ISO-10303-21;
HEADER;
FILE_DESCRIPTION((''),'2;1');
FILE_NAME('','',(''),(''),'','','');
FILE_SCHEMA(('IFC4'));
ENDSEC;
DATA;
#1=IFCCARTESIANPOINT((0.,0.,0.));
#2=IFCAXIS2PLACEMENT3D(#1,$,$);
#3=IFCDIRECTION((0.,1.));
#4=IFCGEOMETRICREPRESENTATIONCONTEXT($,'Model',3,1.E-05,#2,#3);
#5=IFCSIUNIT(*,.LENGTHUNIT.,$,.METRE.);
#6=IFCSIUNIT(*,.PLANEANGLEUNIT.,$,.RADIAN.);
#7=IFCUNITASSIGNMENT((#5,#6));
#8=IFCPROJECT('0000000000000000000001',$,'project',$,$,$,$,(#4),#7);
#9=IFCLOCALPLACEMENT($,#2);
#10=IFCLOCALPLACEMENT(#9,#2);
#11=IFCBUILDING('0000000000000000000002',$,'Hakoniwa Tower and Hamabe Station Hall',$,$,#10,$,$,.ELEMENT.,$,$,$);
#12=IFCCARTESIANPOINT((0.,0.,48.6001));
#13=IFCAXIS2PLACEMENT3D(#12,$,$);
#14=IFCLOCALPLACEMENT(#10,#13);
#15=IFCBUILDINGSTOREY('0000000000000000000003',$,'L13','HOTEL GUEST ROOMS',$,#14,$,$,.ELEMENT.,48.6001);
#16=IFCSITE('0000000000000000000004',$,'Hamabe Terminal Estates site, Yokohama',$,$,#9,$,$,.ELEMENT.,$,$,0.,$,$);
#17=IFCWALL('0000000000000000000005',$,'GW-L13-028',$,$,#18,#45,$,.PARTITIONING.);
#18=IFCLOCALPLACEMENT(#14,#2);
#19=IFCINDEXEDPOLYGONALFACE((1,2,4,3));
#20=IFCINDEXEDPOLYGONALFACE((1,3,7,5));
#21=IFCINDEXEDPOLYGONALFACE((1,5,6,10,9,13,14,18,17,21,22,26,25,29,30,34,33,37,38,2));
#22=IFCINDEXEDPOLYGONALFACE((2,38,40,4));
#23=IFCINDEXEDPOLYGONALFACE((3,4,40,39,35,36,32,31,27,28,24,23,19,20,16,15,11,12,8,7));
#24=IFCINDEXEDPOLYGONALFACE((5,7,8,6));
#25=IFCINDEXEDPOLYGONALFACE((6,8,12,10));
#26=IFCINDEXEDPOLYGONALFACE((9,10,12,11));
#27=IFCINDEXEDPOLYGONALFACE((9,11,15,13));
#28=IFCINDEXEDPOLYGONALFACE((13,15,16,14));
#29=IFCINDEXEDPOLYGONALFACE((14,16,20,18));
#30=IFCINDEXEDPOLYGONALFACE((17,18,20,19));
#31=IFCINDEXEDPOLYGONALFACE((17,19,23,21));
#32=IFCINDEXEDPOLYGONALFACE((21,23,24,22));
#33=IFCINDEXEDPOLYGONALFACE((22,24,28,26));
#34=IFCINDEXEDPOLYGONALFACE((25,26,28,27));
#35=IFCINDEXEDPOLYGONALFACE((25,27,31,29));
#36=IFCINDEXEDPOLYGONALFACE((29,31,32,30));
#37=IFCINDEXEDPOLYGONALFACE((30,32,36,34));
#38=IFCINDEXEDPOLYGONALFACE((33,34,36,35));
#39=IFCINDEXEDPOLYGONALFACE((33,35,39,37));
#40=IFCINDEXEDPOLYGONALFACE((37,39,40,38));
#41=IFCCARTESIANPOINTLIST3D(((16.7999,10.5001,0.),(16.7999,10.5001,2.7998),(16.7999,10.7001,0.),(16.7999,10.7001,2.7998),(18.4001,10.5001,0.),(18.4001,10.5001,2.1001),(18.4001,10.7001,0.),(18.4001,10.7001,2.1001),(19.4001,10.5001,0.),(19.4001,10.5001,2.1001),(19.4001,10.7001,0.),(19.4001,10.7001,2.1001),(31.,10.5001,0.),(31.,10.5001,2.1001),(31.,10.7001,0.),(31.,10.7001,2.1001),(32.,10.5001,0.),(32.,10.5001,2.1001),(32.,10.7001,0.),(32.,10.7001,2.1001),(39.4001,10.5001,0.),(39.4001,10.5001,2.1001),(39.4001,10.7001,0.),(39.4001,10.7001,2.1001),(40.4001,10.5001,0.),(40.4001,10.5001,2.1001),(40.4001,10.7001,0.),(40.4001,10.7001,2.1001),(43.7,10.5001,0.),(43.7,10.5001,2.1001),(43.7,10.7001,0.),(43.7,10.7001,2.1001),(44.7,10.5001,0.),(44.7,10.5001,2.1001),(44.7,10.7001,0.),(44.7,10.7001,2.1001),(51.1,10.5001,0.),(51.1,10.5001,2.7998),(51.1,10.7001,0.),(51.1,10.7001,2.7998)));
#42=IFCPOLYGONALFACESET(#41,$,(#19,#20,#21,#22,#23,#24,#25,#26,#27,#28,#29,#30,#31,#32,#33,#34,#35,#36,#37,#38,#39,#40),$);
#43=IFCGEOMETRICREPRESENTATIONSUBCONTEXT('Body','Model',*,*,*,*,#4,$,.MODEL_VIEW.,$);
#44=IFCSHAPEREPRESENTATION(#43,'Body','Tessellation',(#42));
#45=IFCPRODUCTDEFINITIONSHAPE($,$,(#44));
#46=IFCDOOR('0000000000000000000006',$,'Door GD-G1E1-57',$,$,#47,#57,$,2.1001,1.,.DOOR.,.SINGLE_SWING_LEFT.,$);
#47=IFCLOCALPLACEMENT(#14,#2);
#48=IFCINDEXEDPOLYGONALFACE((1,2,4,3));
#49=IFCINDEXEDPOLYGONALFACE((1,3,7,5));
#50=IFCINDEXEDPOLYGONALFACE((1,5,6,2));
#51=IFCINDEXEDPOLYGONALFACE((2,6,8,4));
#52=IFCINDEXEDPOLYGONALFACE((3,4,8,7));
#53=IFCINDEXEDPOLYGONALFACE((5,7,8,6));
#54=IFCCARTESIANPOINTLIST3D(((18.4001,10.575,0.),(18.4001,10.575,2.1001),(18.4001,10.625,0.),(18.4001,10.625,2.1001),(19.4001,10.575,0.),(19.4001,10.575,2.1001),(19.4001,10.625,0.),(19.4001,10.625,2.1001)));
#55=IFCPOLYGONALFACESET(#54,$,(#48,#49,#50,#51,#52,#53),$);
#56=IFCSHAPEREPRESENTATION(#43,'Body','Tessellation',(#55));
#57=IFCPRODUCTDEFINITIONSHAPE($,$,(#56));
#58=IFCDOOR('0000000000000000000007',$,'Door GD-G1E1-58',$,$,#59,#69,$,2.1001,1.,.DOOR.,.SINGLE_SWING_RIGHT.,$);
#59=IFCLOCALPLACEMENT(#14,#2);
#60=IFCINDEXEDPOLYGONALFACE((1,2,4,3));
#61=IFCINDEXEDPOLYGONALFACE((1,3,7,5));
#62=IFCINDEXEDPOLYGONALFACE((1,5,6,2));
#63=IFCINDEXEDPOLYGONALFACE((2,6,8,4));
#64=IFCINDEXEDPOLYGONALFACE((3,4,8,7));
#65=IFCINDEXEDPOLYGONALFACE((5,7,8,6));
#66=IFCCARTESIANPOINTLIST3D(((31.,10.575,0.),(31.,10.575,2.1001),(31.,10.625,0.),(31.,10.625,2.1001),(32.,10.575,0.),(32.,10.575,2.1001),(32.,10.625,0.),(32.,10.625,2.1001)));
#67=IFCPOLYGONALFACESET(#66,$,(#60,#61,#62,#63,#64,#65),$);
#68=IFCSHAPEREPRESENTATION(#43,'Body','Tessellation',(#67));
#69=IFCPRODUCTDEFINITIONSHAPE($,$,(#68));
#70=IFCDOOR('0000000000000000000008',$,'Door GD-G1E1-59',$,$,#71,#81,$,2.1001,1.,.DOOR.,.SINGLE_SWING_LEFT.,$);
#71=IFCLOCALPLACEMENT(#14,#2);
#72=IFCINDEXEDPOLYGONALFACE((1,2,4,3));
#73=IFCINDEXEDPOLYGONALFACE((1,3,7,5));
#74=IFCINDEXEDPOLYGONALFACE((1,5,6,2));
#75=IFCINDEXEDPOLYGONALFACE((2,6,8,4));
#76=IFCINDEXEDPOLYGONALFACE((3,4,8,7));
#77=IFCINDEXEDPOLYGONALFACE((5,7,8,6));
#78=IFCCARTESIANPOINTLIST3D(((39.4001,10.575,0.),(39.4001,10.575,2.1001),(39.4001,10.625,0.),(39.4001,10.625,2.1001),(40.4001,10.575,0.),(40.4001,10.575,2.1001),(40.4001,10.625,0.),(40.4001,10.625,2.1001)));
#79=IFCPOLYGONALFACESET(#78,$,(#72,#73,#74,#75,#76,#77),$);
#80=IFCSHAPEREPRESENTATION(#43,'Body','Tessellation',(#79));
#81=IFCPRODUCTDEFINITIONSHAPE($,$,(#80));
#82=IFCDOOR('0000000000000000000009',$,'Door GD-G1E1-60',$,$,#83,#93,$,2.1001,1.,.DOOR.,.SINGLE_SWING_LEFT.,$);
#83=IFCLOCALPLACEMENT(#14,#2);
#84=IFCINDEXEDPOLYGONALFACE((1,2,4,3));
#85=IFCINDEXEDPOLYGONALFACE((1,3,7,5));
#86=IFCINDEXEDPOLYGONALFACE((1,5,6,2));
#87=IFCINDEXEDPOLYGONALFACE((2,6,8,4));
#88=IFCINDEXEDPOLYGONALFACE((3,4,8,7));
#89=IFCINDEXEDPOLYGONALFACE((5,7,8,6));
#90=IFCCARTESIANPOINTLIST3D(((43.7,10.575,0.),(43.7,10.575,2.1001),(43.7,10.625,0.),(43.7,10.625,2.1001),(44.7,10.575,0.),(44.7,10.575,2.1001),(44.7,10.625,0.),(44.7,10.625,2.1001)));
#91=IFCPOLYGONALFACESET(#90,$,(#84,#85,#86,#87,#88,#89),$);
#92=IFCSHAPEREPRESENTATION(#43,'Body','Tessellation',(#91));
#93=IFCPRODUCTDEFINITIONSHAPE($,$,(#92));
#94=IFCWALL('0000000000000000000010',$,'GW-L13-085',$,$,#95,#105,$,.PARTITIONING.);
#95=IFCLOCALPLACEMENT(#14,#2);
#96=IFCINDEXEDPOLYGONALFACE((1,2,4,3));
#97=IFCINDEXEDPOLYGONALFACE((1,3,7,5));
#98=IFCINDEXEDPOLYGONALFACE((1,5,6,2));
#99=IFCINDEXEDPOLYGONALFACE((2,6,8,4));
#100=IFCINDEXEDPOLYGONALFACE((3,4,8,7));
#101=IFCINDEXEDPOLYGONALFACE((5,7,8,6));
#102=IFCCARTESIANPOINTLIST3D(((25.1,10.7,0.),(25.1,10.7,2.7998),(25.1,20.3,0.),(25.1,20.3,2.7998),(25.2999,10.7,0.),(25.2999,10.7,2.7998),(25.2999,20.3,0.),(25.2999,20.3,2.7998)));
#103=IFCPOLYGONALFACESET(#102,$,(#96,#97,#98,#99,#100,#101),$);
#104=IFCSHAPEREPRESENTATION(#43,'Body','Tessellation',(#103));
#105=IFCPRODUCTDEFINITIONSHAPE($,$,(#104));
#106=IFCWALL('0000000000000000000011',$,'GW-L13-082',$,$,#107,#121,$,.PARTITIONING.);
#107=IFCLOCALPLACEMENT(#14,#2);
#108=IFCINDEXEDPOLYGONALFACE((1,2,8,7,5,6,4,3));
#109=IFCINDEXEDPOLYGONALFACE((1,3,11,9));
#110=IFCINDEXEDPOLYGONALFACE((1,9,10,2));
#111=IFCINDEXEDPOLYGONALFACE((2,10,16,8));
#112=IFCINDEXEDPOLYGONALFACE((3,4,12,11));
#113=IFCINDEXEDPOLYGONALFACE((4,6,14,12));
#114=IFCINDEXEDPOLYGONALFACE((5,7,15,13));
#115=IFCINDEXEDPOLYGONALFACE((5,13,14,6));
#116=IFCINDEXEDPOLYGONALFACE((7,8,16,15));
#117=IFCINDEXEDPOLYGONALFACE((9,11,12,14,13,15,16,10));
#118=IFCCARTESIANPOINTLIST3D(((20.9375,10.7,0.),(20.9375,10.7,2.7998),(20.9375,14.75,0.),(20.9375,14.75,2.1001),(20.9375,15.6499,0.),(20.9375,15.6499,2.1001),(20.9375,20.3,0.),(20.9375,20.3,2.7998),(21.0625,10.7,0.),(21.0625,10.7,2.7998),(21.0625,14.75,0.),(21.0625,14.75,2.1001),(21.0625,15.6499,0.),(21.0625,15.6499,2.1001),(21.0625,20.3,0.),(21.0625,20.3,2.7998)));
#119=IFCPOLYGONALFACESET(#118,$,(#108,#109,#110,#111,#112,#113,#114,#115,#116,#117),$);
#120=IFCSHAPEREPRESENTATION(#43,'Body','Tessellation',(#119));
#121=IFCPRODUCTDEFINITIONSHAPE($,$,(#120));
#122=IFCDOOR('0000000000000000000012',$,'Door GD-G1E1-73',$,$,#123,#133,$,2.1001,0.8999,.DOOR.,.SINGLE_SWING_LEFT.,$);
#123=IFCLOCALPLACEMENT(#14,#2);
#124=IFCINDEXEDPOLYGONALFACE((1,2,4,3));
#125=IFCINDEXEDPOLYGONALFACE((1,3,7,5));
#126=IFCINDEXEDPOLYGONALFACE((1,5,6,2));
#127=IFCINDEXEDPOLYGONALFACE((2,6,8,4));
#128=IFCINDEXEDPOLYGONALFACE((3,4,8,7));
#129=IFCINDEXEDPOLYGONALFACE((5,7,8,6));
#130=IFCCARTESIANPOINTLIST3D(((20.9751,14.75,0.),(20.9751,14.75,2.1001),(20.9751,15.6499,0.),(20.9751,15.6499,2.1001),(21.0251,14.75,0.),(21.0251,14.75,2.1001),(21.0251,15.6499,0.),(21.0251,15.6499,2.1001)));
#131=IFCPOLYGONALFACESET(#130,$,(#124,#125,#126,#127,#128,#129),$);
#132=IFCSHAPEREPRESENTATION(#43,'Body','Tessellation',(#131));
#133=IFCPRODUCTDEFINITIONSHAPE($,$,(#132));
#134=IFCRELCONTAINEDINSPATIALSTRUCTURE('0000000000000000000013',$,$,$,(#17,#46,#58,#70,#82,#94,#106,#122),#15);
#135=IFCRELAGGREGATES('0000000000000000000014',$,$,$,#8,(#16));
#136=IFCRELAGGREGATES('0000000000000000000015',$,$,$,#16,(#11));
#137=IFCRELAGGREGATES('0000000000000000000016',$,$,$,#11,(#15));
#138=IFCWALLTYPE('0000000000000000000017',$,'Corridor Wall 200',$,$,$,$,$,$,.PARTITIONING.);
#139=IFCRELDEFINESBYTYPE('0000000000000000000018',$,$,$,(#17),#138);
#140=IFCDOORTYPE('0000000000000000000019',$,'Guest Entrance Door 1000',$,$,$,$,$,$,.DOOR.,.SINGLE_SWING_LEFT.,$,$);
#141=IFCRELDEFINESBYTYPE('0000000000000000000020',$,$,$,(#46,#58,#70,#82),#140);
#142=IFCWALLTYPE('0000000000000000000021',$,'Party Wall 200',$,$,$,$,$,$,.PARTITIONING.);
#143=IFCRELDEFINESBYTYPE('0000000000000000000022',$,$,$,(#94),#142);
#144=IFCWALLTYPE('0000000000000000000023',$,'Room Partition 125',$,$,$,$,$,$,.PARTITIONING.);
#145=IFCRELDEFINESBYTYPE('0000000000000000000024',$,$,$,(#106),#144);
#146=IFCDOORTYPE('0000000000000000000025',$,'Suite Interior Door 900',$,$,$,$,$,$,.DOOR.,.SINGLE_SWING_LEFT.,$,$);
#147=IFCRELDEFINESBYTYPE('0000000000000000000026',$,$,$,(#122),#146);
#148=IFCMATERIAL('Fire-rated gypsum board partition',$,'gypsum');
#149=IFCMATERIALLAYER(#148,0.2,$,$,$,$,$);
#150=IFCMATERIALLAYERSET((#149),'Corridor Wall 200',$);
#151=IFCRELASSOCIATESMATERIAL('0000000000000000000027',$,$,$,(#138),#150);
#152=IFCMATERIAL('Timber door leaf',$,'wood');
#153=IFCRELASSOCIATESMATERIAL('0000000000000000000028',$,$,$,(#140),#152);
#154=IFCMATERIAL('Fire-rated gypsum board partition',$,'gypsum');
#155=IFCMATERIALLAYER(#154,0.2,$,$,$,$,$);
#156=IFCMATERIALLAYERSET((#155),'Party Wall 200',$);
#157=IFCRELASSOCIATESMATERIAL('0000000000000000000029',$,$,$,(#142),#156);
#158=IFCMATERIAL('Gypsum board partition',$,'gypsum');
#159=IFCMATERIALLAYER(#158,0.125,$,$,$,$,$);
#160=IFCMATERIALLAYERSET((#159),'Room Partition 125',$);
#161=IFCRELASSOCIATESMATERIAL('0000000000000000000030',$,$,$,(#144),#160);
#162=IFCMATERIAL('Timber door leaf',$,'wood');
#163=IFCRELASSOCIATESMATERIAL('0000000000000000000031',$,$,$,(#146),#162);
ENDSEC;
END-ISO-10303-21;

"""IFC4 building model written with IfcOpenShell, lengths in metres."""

from ifc_helpers import new_model, si_unit, direction, frame, frame_2d, origin, place, context, subcontext, project, spatial, rectangle, extrude, material, layer, layer_set, type_object, element, fill, save


model = new_model("IFC4")

# Units and contexts
model_context = context("Model", 3, precision=1e-05, world=origin(), true_north=direction((0.0, 1.0)))
body_context = subcontext(model_context, "Body", "Model", "MODEL_VIEW")
ifc_project = project(units=[si_unit("LENGTHUNIT", "METRE"), si_unit("PLANEANGLEUNIT", "RADIAN")], contexts=[model_context])

# Site, building, storey
site_placement = place(None, origin())
site = spatial("IfcSite", under=ifc_project, at=site_placement, Name="Hamabe Terminal Estates site, Yokohama", CompositionType="ELEMENT", RefElevation=0.0)
building_placement = place(site_placement, origin())
building = spatial("IfcBuilding", under=site, at=building_placement, Name="Hakoniwa Tower and Hamabe Station Hall", CompositionType="ELEMENT")
storey_placement = place(building_placement, frame((0.0, 0.0, 48.6001)))
storey = spatial("IfcBuildingStorey", under=building, at=storey_placement, Name="L13", Description="HOTEL GUEST ROOMS", CompositionType="ELEMENT", Elevation=48.6001)

# Wall, openings, doors
ifc_material_1 = material(Name="Fire-rated gypsum board partition", Category="gypsum")
ifc_layer_1 = layer(ifc_material_1, 0.2)
ifc_layer_set_1 = layer_set([ifc_layer_1], Name="Corridor Wall 200")
wall_type_1 = type_object("IfcWallType", Name="Corridor Wall 200", PredefinedType="PARTITIONING", material=ifc_layer_set_1)
wall_1_placement = place(storey_placement, frame((16.8, 10.6001, 0.0), z_axis=(0.0, 0.0, 1.0), x_axis=(1.0, 0.0, 0.0)))
wall_1 = element("IfcWall", 1, at=wall_1_placement, inside=storey, type_object=wall_type_1, Name="GW-L13-028", PredefinedType="PARTITIONING", context=body_context, shape_type="SweptSolid", body=[
    extrude(rectangle(XDim=34.3, YDim=0.2, at=frame_2d((17.1499, 0.0))), origin(), (0.0, 0.0, 1.0), 2.7998),
])
opening_1_placement = place(wall_1_placement, frame((1.6001, 0.0, 0.0)))
opening_1 = element("IfcOpeningElement", 2, at=opening_1_placement, cuts=wall_1, PredefinedType="OPENING", context=body_context, shape_type="SweptSolid", body=[
    extrude(rectangle(XDim=1.0, YDim=2.1001, at=frame_2d((0.5, 1.05))), frame((0.0, 0.1099, 0.0), z_axis=(0.0, -1.0, 0.0), x_axis=(1.0, 0.0, 0.0)), (0.0, 0.0, 1.0), 0.22),
])
opening_2_placement = place(wall_1_placement, frame((14.2, 0.0, 0.0)))
opening_2 = element("IfcOpeningElement", 3, at=opening_2_placement, cuts=wall_1, PredefinedType="OPENING", context=body_context, shape_type="SweptSolid", body=[
    extrude(rectangle(XDim=1.0, YDim=2.1001, at=frame_2d((0.5, 1.05))), frame((0.0, 0.1099, 0.0), z_axis=(0.0, -1.0, 0.0), x_axis=(1.0, 0.0, 0.0)), (0.0, 0.0, 1.0), 0.22),
])
opening_3_placement = place(wall_1_placement, frame((22.6001, 0.0, 0.0)))
opening_3 = element("IfcOpeningElement", 4, at=opening_3_placement, cuts=wall_1, PredefinedType="OPENING", context=body_context, shape_type="SweptSolid", body=[
    extrude(rectangle(XDim=1.0, YDim=2.1001, at=frame_2d((0.5, 1.05))), frame((0.0, 0.1099, 0.0), z_axis=(0.0, -1.0, 0.0), x_axis=(1.0, 0.0, 0.0)), (0.0, 0.0, 1.0), 0.22),
])
opening_4_placement = place(wall_1_placement, frame((26.8999, 0.0, 0.0)))
opening_4 = element("IfcOpeningElement", 5, at=opening_4_placement, cuts=wall_1, PredefinedType="OPENING", context=body_context, shape_type="SweptSolid", body=[
    extrude(rectangle(XDim=1.0, YDim=2.1001, at=frame_2d((0.5, 1.05))), frame((0.0, 0.1099, 0.0), z_axis=(0.0, -1.0, 0.0), x_axis=(1.0, 0.0, 0.0)), (0.0, 0.0, 1.0), 0.22),
])
ifc_material_2 = material(Name="Timber door leaf", Category="wood")
door_type_1 = type_object("IfcDoorType", Name="Guest Entrance Door 1000", OperationType="SINGLE_SWING_LEFT", PredefinedType="DOOR", material=ifc_material_2)
door_1_placement = place(opening_1_placement, origin())
door_1 = element("IfcDoor", 6, at=door_1_placement, inside=storey, type_object=door_type_1, Name="Door GD-G1E1-57", OperationType="SINGLE_SWING_LEFT", OverallHeight=2.1001, OverallWidth=1.0, PredefinedType="DOOR", context=body_context, shape_type="SweptSolid", body=[
    extrude(rectangle(XDim=1.0, YDim=2.1001, at=frame_2d((0.5, 1.05))), frame((0.0, 0.0249, 0.0), z_axis=(0.0, -1.0, 0.0), x_axis=(1.0, 0.0, 0.0)), (0.0, 0.0, 1.0), 0.05),
])
fill(opening_1, door_1)
door_2_placement = place(opening_2_placement, origin())
door_2 = element("IfcDoor", 7, at=door_2_placement, inside=storey, type_object=door_type_1, Name="Door GD-G1E1-58", OperationType="SINGLE_SWING_RIGHT", OverallHeight=2.1001, OverallWidth=1.0, PredefinedType="DOOR", context=body_context, shape_type="SweptSolid", body=[
    extrude(rectangle(XDim=1.0, YDim=2.1001, at=frame_2d((0.5, 1.05))), frame((0.0, 0.0249, 0.0), z_axis=(0.0, -1.0, 0.0), x_axis=(1.0, 0.0, 0.0)), (0.0, 0.0, 1.0), 0.05),
])
fill(opening_2, door_2)
door_3_placement = place(opening_3_placement, origin())
door_3 = element("IfcDoor", 8, at=door_3_placement, inside=storey, type_object=door_type_1, Name="Door GD-G1E1-59", OperationType="SINGLE_SWING_LEFT", OverallHeight=2.1001, OverallWidth=1.0, PredefinedType="DOOR", context=body_context, shape_type="SweptSolid", body=[
    extrude(rectangle(XDim=1.0, YDim=2.1001, at=frame_2d((0.5, 1.05))), frame((0.0, 0.0249, 0.0), z_axis=(0.0, -1.0, 0.0), x_axis=(1.0, 0.0, 0.0)), (0.0, 0.0, 1.0), 0.05),
])
fill(opening_3, door_3)
door_4_placement = place(opening_4_placement, origin())
door_4 = element("IfcDoor", 9, at=door_4_placement, inside=storey, type_object=door_type_1, Name="Door GD-G1E1-60", OperationType="SINGLE_SWING_LEFT", OverallHeight=2.1001, OverallWidth=1.0, PredefinedType="DOOR", context=body_context, shape_type="SweptSolid", body=[
    extrude(rectangle(XDim=1.0, YDim=2.1001, at=frame_2d((0.5, 1.05))), frame((0.0, 0.0249, 0.0), z_axis=(0.0, -1.0, 0.0), x_axis=(1.0, 0.0, 0.0)), (0.0, 0.0, 1.0), 0.05),
])
fill(opening_4, door_4)

# Wall
ifc_material_3 = material(Name="Fire-rated gypsum board partition", Category="gypsum")
ifc_layer_2 = layer(ifc_material_3, 0.2)
ifc_layer_set_2 = layer_set([ifc_layer_2], Name="Party Wall 200")
wall_type_2 = type_object("IfcWallType", Name="Party Wall 200", PredefinedType="PARTITIONING", material=ifc_layer_set_2)
wall_2_placement = place(storey_placement, frame((25.2, 10.7, 0.0), z_axis=(0.0, 0.0, 1.0), x_axis=(0.0, 1.0, 0.0)))
element("IfcWall", 10, at=wall_2_placement, inside=storey, type_object=wall_type_2, Name="GW-L13-085", PredefinedType="PARTITIONING", context=body_context, shape_type="SweptSolid", body=[
    extrude(rectangle(XDim=9.6001, YDim=0.2, at=frame_2d((4.8, 0.0))), origin(), (0.0, 0.0, 1.0), 2.7998),
])

# Wall, opening, door
ifc_material_4 = material(Name="Gypsum board partition", Category="gypsum")
ifc_layer_3 = layer(ifc_material_4, 0.125)
ifc_layer_set_3 = layer_set([ifc_layer_3], Name="Room Partition 125")
wall_type_3 = type_object("IfcWallType", Name="Room Partition 125", PredefinedType="PARTITIONING", material=ifc_layer_set_3)
wall_3_placement = place(storey_placement, frame((21.0, 10.7, 0.0), z_axis=(0.0, 0.0, 1.0), x_axis=(0.0, 1.0, 0.0)))
wall_3 = element("IfcWall", 11, at=wall_3_placement, inside=storey, type_object=wall_type_3, Name="GW-L13-082", PredefinedType="PARTITIONING", context=body_context, shape_type="SweptSolid", body=[
    extrude(rectangle(XDim=9.6001, YDim=0.125, at=frame_2d((4.8, 0.0))), origin(), (0.0, 0.0, 1.0), 2.7998),
])
opening_5_placement = place(wall_3_placement, frame((4.05, 0.0, 0.0)))
opening_5 = element("IfcOpeningElement", 12, at=opening_5_placement, cuts=wall_3, PredefinedType="OPENING", context=body_context, shape_type="SweptSolid", body=[
    extrude(rectangle(XDim=0.8999, YDim=2.1001, at=frame_2d((0.45, 1.05))), frame((0.0, 0.0725, 0.0), z_axis=(0.0, -1.0, 0.0), x_axis=(1.0, 0.0, 0.0)), (0.0, 0.0, 1.0), 0.145),
])
ifc_material_5 = material(Name="Timber door leaf", Category="wood")
door_type_2 = type_object("IfcDoorType", Name="Suite Interior Door 900", OperationType="SINGLE_SWING_LEFT", PredefinedType="DOOR", material=ifc_material_5)
door_5_placement = place(opening_5_placement, origin())
door_5 = element("IfcDoor", 13, at=door_5_placement, inside=storey, type_object=door_type_2, Name="Door GD-G1E1-73", OperationType="SINGLE_SWING_LEFT", OverallHeight=2.1001, OverallWidth=0.8999, PredefinedType="DOOR", context=body_context, shape_type="SweptSolid", body=[
    extrude(rectangle(XDim=0.8999, YDim=2.1001, at=frame_2d((0.45, 1.05))), frame((0.0, 0.0249, 0.0), z_axis=(0.0, -1.0, 0.0), x_axis=(1.0, 0.0, 0.0)), (0.0, 0.0, 1.0), 0.05),
])
fill(opening_5, door_5)

save(model, "model.ifc")
